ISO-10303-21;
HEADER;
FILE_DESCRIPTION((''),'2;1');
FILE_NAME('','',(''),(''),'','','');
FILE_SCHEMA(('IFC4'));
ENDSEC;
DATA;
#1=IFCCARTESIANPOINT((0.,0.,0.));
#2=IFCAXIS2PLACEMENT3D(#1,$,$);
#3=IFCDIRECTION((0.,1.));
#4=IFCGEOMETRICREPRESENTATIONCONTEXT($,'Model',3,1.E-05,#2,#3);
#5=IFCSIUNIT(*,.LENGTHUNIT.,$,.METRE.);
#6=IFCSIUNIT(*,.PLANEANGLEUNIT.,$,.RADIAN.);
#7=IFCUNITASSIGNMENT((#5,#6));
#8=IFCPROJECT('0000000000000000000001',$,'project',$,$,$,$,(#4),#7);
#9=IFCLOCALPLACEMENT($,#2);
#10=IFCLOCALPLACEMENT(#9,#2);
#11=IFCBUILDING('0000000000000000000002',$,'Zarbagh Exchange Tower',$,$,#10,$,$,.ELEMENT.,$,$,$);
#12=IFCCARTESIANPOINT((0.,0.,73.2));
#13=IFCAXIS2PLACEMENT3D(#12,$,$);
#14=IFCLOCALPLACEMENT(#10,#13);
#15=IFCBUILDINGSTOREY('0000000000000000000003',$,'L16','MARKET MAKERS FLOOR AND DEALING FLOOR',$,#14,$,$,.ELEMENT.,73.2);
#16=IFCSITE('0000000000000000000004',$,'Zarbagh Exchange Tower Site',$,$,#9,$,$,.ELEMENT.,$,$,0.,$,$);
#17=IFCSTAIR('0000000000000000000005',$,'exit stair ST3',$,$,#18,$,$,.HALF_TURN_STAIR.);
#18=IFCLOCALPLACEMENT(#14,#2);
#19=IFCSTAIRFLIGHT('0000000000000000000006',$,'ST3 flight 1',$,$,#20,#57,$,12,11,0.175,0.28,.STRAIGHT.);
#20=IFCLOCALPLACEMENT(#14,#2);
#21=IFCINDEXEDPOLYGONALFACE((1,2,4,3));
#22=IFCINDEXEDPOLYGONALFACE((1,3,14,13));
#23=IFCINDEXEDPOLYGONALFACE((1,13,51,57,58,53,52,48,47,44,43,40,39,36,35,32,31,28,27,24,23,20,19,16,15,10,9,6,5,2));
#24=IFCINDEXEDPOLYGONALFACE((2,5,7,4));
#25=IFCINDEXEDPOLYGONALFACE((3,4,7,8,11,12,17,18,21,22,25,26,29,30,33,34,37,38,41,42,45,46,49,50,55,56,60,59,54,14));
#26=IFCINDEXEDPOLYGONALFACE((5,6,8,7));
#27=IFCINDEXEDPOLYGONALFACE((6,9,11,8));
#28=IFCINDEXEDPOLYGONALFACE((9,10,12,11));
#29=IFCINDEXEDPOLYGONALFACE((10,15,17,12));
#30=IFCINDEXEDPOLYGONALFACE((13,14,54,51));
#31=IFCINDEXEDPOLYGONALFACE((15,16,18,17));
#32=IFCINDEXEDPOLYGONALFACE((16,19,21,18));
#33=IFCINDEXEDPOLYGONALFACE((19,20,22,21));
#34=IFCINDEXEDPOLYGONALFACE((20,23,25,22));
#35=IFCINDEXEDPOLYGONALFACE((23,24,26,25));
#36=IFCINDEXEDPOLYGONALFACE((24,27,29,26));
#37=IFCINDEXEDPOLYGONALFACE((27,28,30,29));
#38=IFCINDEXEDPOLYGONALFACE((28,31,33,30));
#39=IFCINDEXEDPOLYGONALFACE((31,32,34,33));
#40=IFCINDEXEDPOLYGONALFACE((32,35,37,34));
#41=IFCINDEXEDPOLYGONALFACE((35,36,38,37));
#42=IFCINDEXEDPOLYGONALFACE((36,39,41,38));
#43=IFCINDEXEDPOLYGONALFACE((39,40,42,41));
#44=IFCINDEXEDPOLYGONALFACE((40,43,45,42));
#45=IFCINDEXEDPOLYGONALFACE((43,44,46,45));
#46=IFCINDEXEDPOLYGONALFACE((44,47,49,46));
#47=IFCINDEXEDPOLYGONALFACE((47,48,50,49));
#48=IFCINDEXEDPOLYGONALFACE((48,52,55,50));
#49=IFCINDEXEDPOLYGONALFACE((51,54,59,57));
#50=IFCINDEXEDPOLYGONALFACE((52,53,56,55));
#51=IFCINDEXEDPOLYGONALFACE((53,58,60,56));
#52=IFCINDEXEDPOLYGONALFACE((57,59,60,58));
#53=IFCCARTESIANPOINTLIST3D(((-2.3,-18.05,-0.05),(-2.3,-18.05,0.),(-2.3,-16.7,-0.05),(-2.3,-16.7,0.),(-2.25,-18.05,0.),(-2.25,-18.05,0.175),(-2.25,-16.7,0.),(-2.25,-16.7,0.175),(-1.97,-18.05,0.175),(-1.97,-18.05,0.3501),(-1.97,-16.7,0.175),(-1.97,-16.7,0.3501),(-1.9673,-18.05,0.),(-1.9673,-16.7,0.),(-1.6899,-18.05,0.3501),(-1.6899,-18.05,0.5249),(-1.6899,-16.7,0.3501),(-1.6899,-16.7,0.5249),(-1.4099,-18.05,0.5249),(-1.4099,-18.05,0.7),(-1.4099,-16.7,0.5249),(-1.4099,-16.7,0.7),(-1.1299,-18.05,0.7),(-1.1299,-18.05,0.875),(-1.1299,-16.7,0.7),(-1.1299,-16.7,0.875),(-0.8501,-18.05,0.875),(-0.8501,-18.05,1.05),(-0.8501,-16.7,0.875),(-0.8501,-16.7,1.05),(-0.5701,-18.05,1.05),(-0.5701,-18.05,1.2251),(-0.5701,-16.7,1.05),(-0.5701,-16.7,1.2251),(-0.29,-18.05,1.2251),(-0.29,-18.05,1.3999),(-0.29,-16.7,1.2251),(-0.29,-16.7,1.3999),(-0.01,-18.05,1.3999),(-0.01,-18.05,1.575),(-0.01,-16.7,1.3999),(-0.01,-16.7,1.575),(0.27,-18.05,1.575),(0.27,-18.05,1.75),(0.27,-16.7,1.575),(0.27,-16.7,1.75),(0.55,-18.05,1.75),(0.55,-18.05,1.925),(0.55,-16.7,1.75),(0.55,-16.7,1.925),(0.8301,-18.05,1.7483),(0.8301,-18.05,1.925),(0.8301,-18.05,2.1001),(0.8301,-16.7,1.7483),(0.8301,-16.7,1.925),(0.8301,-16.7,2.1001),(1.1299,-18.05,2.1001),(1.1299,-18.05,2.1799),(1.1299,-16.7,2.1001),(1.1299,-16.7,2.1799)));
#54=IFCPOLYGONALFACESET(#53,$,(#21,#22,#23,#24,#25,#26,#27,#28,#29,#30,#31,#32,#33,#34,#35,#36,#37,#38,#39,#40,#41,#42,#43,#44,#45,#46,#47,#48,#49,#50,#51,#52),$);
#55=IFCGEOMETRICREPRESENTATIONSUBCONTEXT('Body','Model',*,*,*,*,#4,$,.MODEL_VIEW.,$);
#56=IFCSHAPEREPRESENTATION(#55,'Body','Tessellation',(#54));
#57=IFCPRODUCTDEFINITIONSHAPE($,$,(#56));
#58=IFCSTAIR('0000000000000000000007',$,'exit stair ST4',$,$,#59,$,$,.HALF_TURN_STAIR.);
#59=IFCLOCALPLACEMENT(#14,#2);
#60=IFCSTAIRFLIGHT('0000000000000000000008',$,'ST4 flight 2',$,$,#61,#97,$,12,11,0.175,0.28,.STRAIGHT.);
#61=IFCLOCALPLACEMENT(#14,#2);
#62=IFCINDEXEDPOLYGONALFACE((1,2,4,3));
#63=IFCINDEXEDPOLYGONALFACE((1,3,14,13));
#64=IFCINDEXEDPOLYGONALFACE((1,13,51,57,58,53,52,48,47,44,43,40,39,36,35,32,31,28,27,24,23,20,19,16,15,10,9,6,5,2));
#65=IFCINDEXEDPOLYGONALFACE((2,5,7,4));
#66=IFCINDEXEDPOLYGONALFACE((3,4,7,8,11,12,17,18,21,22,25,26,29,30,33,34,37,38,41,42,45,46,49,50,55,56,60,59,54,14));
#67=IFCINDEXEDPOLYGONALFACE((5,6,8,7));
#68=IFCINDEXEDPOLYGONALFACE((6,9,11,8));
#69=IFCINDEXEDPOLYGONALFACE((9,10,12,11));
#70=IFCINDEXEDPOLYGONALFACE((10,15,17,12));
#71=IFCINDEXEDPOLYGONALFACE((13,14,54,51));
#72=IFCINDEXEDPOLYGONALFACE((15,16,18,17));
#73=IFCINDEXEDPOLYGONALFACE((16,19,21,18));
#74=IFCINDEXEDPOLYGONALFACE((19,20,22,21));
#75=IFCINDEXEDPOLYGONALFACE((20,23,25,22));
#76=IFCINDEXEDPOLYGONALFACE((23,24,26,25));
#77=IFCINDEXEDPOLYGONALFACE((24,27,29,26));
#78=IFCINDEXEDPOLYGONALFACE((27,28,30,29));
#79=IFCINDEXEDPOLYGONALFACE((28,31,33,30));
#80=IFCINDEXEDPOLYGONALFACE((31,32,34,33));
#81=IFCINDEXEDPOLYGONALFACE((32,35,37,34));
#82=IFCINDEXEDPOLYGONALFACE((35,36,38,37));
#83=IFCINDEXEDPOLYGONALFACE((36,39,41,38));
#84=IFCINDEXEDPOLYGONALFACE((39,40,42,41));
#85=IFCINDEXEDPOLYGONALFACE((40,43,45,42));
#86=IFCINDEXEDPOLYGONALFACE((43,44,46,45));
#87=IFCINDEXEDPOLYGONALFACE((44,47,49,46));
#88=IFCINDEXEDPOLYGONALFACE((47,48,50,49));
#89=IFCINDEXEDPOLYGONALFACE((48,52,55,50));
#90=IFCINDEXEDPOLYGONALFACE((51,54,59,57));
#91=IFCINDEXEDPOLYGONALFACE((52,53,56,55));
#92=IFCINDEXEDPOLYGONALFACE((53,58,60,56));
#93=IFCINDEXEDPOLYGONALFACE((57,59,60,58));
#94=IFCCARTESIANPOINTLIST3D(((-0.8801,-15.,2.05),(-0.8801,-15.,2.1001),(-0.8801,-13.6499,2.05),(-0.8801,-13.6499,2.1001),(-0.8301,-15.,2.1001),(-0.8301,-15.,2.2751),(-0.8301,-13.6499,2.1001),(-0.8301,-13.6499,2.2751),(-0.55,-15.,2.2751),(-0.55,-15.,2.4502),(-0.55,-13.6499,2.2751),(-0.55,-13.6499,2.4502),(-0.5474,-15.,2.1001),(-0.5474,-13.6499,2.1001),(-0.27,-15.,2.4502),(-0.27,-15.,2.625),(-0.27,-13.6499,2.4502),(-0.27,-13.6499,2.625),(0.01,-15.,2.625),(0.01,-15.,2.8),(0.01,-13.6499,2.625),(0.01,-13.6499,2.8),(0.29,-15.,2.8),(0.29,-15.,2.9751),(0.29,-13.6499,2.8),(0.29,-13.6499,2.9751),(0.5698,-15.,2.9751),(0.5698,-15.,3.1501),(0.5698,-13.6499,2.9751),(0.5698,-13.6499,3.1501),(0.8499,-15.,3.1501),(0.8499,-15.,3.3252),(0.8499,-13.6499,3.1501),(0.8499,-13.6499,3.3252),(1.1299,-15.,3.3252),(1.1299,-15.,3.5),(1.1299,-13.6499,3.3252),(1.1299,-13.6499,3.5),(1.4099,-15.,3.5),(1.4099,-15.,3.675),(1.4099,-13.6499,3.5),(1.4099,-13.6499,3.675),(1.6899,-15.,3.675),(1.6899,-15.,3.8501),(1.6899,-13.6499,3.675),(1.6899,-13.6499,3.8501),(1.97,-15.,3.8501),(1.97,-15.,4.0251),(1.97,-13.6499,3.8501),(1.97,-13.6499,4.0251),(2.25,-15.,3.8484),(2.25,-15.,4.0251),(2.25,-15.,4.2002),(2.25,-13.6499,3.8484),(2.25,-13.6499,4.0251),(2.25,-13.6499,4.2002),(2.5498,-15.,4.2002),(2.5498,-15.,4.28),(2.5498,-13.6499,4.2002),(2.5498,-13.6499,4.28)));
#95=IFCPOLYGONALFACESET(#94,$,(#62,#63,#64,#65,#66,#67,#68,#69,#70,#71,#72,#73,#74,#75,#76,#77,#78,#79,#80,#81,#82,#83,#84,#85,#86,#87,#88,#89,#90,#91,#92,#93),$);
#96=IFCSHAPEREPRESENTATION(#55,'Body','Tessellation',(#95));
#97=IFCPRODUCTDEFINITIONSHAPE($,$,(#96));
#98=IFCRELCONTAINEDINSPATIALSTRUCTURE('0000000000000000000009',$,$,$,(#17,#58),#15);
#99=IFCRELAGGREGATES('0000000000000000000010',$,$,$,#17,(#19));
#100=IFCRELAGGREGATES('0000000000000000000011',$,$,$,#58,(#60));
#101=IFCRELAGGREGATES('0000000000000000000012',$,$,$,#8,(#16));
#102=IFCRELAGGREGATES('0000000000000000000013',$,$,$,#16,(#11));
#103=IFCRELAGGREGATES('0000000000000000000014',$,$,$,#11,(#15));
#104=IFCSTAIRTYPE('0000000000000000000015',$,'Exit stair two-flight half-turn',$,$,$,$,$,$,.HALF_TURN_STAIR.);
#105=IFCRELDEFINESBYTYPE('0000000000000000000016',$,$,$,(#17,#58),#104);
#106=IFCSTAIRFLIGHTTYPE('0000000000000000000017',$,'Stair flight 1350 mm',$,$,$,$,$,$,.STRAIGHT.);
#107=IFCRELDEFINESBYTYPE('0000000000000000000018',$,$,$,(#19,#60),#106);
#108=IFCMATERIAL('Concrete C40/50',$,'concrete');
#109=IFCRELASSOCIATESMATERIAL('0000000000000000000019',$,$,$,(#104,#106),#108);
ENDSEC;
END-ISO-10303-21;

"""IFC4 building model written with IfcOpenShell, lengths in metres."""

from ifc_helpers import new_model, si_unit, direction, frame, origin, place, context, subcontext, project, spatial, polyline, outline, extrude, material, type_object, element, aggregate, save


model = new_model("IFC4")

# Units and contexts
model_context = context("Model", 3, precision=1e-05, world=origin(), true_north=direction((0.0, 1.0)))
body_context = subcontext(model_context, "Body", "Model", "MODEL_VIEW")
ifc_project = project(units=[si_unit("LENGTHUNIT", "METRE"), si_unit("PLANEANGLEUNIT", "RADIAN")], contexts=[model_context])

# Site, building, storey
site_placement = place(None, origin())
site = spatial("IfcSite", under=ifc_project, at=site_placement, Name="Zarbagh Exchange Tower Site", CompositionType="ELEMENT", RefElevation=0.0)
building_placement = place(site_placement, origin())
building = spatial("IfcBuilding", under=site, at=building_placement, Name="Zarbagh Exchange Tower", CompositionType="ELEMENT")
storey_placement = place(building_placement, frame((0.0, 0.0, 73.2)))
storey = spatial("IfcBuildingStorey", under=building, at=storey_placement, Name="L16", Description="MARKET MAKERS FLOOR AND DEALING FLOOR", CompositionType="ELEMENT", Elevation=73.2)

# Shared definitions
ifc_material_1 = material(Name="Concrete C40/50", Category="concrete")

# Stairs, stair flights
stair_type = type_object("IfcStairType", Name="Exit stair two-flight half-turn", PredefinedType="HALF_TURN_STAIR", material=ifc_material_1)
stair_1_placement = place(storey_placement, origin())
stair_1 = element("IfcStair", 1, at=stair_1_placement, inside=storey, type_object=stair_type, Name="exit stair ST3", PredefinedType="HALF_TURN_STAIR")
stair_flight_type = type_object("IfcStairFlightType", Name="Stair flight 1350 mm", PredefinedType="STRAIGHT", material=ifc_material_1)
stair_flight_1_placement = place(storey_placement, frame((-2.25, -17.375, 0.0), z_axis=(0.0, 0.0, 1.0), x_axis=(1.0, 0.0, 0.0)))
stair_flight_1 = element("IfcStairFlight", 2, at=stair_flight_1_placement, type_object=stair_flight_type, Name="ST3 flight 1", NumberOfRisers=12, NumberOfTreads=11, PredefinedType="STRAIGHT", RiserHeight=0.175, TreadLength=0.28, context=body_context, shape_type="SweptSolid", body=[
    extrude(outline(polyline([(-0.05, -0.05), (-0.05, 0.0), (0.0, 0.0), (0.0, 0.175), (0.28, 0.175), (0.28, 0.3501), (0.5601, 0.3501), (0.5601, 0.5249), (0.8401, 0.5249), (0.8401, 0.7), (1.1201, 0.7), (1.1201, 0.875), (1.3999, 0.875), (1.3999, 1.05), (1.6799, 1.05), (1.6799, 1.2251), (1.96, 1.2251), (1.96, 1.3999), (2.24, 1.3999), (2.24, 1.575), (2.52, 1.575), (2.52, 1.75), (2.8, 1.75), (2.8, 1.925), (3.0801, 1.925), (3.0801, 2.1001), (3.3799, 2.1799), (3.3799, 2.1001), (3.0801, 1.7483), (0.2827, 0.0), (-0.05, -0.05)])), frame((0.0, 0.675, 0.0), z_axis=(0.0, -1.0, 0.0), x_axis=(1.0, 0.0, 0.0)), (0.0, 0.0, 1.0), 1.3501),
])
aggregate(stair_1, [stair_flight_1])
stair_2_placement = place(storey_placement, origin())
stair_2 = element("IfcStair", 3, at=stair_2_placement, inside=storey, type_object=stair_type, Name="exit stair ST4", PredefinedType="HALF_TURN_STAIR")
stair_flight_2_placement = place(storey_placement, frame((-0.8301, -14.325, 2.1001), z_axis=(0.0, 0.0, 1.0), x_axis=(1.0, 0.0, 0.0)))
stair_flight_2 = element("IfcStairFlight", 4, at=stair_flight_2_placement, type_object=stair_flight_type, Name="ST4 flight 2", NumberOfRisers=12, NumberOfTreads=11, PredefinedType="STRAIGHT", RiserHeight=0.175, TreadLength=0.28, context=body_context, shape_type="SweptSolid", body=[
    extrude(outline(polyline([(-0.05, -0.05), (-0.05, 0.0), (0.0, 0.0), (0.0, 0.175), (0.28, 0.175), (0.28, 0.3501), (0.5601, 0.3501), (0.5601, 0.5249), (0.8401, 0.5249), (0.8401, 0.7), (1.1201, 0.7), (1.1201, 0.875), (1.3999, 0.875), (1.3999, 1.05), (1.6799, 1.05), (1.6799, 1.2251), (1.96, 1.2251), (1.96, 1.3999), (2.24, 1.3999), (2.24, 1.575), (2.52, 1.575), (2.52, 1.75), (2.8, 1.75), (2.8, 1.925), (3.0801, 1.925), (3.0801, 2.1001), (3.3799, 2.1799), (3.3799, 2.1001), (3.0801, 1.7483), (0.2827, 0.0), (-0.05, -0.05)])), frame((0.0, 0.675, 0.0), z_axis=(0.0, -1.0, 0.0), x_axis=(1.0, 0.0, 0.0)), (0.0, 0.0, 1.0), 1.3501),
])
aggregate(stair_2, [stair_flight_2])

save(model, "model.ifc")
